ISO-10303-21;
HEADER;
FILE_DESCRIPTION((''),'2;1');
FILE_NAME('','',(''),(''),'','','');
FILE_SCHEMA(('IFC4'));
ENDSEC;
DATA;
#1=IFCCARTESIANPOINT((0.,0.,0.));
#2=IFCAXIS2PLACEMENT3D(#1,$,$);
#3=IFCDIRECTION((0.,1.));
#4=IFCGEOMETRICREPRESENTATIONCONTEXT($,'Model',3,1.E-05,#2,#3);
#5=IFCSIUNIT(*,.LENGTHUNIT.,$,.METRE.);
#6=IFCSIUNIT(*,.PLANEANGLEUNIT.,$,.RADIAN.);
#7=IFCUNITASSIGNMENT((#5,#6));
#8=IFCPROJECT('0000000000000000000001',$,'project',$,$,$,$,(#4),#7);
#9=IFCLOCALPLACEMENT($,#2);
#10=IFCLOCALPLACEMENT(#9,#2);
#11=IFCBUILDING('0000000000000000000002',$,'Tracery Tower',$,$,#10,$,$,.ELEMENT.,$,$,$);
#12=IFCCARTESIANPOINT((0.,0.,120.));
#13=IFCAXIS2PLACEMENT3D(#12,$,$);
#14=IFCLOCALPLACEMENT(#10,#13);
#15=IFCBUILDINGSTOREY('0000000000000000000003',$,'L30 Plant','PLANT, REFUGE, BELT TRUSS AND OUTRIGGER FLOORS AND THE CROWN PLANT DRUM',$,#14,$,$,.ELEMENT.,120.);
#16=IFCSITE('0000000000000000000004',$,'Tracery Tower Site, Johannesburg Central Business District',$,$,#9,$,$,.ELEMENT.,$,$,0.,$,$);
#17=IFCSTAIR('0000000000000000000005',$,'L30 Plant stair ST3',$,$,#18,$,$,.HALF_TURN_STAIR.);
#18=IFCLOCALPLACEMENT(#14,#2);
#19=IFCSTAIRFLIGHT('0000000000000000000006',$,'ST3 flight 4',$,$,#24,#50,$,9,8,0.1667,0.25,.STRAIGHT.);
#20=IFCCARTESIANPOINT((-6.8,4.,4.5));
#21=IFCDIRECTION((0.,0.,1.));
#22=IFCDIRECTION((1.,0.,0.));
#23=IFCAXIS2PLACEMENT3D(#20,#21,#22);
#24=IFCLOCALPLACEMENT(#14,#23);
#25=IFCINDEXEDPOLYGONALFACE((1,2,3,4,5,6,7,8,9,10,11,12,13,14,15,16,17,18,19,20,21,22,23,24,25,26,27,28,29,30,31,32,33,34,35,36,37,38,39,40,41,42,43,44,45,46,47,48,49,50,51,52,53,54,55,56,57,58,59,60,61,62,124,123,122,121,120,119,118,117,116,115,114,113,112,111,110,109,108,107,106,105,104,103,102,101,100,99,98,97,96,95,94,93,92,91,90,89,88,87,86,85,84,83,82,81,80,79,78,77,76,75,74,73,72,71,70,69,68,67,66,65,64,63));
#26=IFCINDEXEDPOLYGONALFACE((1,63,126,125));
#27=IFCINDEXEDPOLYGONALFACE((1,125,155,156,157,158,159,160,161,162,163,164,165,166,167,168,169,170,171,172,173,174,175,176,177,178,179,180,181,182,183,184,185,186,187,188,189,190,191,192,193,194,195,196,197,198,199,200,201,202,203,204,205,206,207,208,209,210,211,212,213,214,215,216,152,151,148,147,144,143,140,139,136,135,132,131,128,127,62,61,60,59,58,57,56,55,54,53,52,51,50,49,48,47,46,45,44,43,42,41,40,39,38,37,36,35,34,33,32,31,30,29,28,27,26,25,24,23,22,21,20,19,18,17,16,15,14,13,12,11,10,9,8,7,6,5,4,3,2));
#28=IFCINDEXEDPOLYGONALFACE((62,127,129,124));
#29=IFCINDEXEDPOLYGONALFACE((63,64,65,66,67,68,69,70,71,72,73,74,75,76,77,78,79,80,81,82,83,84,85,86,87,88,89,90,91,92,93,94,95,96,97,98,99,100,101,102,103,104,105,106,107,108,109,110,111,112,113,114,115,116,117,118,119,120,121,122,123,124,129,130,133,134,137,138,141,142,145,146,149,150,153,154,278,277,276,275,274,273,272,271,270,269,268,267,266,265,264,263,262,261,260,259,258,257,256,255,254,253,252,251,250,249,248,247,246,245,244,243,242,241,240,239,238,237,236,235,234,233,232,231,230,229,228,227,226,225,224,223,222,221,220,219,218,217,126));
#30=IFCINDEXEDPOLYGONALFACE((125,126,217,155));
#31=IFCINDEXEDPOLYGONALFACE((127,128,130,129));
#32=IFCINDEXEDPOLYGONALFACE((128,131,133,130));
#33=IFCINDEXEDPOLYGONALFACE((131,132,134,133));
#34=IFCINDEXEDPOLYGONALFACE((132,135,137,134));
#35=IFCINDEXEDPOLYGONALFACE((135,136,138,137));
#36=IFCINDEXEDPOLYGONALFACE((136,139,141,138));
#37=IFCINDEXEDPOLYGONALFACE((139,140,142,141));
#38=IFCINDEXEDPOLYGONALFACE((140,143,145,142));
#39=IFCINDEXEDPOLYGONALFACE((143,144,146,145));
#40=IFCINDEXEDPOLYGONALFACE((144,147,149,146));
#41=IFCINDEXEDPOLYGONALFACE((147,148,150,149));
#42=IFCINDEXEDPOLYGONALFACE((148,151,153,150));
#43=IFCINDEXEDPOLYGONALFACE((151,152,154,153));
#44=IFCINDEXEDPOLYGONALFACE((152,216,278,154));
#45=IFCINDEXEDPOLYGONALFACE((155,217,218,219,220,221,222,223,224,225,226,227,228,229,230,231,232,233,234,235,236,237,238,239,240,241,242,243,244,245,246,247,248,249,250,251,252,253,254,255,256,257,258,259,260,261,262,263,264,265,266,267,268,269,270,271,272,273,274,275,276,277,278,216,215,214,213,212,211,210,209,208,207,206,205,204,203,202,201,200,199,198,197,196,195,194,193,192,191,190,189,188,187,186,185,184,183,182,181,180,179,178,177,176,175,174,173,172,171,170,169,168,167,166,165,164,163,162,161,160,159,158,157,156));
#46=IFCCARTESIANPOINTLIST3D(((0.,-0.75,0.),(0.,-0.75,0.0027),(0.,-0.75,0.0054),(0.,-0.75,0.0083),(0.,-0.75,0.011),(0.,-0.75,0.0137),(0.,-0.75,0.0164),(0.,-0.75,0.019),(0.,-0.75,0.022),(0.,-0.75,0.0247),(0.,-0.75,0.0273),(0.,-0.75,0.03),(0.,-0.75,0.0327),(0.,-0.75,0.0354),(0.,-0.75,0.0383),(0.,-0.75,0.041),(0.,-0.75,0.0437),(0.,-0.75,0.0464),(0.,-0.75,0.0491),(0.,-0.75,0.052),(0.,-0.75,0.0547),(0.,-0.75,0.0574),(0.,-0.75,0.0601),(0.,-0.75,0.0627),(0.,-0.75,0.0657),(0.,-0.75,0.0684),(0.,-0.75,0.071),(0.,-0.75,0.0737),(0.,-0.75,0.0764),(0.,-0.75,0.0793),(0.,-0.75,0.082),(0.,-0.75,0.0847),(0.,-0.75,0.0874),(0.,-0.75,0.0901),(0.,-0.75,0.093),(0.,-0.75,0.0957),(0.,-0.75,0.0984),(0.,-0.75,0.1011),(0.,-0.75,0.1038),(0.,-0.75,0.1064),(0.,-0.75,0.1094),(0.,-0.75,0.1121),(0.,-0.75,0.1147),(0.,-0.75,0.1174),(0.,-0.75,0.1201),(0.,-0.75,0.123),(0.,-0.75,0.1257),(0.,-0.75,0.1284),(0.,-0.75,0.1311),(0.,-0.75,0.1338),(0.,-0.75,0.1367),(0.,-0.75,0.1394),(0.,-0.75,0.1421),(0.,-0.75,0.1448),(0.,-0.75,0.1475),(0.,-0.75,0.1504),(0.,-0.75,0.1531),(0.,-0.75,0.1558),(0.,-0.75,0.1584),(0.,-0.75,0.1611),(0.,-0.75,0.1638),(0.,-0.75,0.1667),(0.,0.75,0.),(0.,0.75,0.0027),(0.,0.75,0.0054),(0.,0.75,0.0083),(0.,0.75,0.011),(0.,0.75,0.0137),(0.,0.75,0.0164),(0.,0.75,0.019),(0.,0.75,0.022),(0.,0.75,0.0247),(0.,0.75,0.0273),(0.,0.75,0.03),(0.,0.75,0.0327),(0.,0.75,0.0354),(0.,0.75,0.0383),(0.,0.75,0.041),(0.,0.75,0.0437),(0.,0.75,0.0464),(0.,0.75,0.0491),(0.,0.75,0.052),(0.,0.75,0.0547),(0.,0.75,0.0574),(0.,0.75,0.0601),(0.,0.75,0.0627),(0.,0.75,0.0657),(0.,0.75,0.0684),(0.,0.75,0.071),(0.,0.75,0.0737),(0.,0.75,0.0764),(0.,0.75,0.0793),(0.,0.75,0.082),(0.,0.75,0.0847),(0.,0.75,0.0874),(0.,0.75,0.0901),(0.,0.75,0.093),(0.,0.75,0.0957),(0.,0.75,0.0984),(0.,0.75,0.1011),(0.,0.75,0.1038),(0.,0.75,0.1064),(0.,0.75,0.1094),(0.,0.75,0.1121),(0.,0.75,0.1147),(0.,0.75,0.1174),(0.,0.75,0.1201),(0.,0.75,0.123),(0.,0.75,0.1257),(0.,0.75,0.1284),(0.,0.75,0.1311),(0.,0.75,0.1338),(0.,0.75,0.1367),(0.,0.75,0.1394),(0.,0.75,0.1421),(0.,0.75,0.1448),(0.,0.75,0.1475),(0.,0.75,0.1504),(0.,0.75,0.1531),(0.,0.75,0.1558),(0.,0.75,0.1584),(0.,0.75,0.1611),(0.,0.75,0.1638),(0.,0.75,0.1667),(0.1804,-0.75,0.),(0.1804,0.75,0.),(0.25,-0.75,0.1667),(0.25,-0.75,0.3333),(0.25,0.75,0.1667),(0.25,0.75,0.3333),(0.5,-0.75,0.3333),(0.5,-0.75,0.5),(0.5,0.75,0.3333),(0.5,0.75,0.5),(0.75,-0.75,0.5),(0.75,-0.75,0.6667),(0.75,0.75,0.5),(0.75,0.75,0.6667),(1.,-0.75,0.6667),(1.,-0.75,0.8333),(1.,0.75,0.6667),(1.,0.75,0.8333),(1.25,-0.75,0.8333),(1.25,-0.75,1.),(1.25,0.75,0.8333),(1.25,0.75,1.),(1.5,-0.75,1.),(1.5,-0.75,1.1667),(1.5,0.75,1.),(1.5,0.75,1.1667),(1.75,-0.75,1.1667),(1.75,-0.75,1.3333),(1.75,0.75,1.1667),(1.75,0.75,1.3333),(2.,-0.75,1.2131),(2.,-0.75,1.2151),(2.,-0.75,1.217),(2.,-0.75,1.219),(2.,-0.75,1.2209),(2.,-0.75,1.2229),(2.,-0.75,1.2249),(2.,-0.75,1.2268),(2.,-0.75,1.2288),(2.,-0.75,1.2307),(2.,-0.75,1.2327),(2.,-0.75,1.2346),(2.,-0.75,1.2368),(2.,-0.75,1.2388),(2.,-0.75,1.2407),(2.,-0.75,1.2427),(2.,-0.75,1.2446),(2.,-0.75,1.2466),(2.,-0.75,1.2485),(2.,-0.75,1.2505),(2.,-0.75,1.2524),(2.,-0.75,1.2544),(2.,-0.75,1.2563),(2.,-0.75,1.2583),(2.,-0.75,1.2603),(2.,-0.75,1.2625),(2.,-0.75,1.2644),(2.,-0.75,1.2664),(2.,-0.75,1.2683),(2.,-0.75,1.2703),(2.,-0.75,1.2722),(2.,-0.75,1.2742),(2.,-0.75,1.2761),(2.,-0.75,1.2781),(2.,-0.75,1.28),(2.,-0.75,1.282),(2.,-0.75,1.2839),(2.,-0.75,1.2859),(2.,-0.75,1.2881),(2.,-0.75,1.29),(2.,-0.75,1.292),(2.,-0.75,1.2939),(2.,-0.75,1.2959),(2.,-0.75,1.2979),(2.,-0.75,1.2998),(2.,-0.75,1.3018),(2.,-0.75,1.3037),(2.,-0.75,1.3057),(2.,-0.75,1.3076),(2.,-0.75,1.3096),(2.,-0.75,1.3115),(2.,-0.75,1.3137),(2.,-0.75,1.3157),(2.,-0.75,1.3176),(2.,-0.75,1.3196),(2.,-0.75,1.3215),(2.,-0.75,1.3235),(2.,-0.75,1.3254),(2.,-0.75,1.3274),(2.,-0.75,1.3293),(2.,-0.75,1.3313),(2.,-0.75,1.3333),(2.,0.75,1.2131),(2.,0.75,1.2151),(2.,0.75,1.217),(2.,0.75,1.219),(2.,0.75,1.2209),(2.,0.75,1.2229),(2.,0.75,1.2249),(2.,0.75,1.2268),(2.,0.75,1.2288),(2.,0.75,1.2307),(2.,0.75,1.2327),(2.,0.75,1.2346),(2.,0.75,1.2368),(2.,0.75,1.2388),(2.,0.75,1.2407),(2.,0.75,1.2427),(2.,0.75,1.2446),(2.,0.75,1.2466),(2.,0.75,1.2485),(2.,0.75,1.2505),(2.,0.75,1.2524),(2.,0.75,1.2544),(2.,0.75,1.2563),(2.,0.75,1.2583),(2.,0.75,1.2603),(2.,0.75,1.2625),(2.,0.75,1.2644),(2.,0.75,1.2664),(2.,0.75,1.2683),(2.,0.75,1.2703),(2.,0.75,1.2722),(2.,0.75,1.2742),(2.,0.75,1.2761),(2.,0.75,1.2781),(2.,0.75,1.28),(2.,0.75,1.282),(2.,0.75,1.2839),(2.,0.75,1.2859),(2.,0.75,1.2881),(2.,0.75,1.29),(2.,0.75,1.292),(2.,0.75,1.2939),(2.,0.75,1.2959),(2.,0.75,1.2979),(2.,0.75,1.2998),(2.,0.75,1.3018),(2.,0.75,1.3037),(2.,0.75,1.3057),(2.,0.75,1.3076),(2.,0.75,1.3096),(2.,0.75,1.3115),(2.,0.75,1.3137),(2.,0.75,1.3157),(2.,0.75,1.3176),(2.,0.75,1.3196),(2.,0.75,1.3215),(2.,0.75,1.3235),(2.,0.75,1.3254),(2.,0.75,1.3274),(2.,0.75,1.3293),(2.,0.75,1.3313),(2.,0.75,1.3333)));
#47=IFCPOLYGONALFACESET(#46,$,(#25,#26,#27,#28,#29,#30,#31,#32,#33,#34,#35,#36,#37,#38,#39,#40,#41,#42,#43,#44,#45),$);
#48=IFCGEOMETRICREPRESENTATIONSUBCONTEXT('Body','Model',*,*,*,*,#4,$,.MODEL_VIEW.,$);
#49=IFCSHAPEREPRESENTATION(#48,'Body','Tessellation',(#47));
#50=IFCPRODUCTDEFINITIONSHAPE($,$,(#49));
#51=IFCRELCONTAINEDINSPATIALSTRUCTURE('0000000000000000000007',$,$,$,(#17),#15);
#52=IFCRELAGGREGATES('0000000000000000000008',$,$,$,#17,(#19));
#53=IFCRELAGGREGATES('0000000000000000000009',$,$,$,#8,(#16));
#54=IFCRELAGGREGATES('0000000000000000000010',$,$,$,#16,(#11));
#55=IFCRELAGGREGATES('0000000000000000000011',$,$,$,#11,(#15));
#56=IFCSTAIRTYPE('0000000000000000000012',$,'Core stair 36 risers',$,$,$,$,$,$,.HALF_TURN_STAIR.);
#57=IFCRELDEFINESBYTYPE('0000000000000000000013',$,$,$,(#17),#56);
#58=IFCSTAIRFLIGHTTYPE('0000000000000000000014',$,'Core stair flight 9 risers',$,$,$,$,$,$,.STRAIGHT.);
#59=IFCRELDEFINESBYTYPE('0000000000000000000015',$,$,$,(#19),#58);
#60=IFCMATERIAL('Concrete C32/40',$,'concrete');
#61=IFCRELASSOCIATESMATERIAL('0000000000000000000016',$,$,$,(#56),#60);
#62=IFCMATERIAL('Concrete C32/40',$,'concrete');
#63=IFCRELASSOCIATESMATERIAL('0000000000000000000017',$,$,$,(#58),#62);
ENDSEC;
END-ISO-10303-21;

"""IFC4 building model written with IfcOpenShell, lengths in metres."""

from ifc_helpers import new_model, si_unit, direction, frame, origin, place, context, subcontext, project, spatial, polyline, outline, extrude, material, type_object, element, aggregate, save


model = new_model("IFC4")

# Units and contexts
model_context = context("Model", 3, precision=1e-05, world=origin(), true_north=direction((0.0, 1.0)))
body_context = subcontext(model_context, "Body", "Model", "MODEL_VIEW")
ifc_project = project(units=[si_unit("LENGTHUNIT", "METRE"), si_unit("PLANEANGLEUNIT", "RADIAN")], contexts=[model_context])

# Site, building, storey
site_placement = place(None, origin())
site = spatial("IfcSite", under=ifc_project, at=site_placement, Name="Tracery Tower Site, Johannesburg Central Business District", CompositionType="ELEMENT", RefElevation=0.0)
building_placement = place(site_placement, origin())
building = spatial("IfcBuilding", under=site, at=building_placement, Name="Tracery Tower", CompositionType="ELEMENT")
storey_placement = place(building_placement, frame((0.0, 0.0, 120.0)))
storey = spatial("IfcBuildingStorey", under=building, at=storey_placement, Name="L30 Plant", Description="PLANT, REFUGE, BELT TRUSS AND OUTRIGGER FLOORS AND THE CROWN PLANT DRUM", CompositionType="ELEMENT", Elevation=120.0)

# Stair, stair flight
ifc_material_1 = material(Name="Concrete C32/40", Category="concrete")
stair_type = type_object("IfcStairType", Name="Core stair 36 risers", PredefinedType="HALF_TURN_STAIR", material=ifc_material_1)
stair_placement = place(storey_placement, origin())
stair = element("IfcStair", 1, at=stair_placement, inside=storey, type_object=stair_type, Name="L30 Plant stair ST3", PredefinedType="HALF_TURN_STAIR")
ifc_material_2 = material(Name="Concrete C32/40", Category="concrete")
stair_flight_type = type_object("IfcStairFlightType", Name="Core stair flight 9 risers", PredefinedType="STRAIGHT", material=ifc_material_2)
stair_flight_1_placement = place(storey_placement, frame((-6.8, 4.0, 4.5), z_axis=(0.0, 0.0, 1.0), x_axis=(1.0, 0.0, 0.0)))
stair_flight_1 = element("IfcStairFlight", 2, at=stair_flight_1_placement, type_object=stair_flight_type, Name="ST3 flight 4", NumberOfRisers=9, NumberOfTreads=8, PredefinedType="STRAIGHT", RiserHeight=0.1667, TreadLength=0.25, context=body_context, shape_type="SweptSolid", body=[
    extrude(outline(polyline([(0.0, 0.0), (0.0, 0.0027), (0.0, 0.0054), (0.0, 0.0083), (0.0, 0.011), (0.0, 0.0137), (0.0, 0.0164), (0.0, 0.019), (0.0, 0.022), (0.0, 0.0247), (0.0, 0.0273), (0.0, 0.03), (0.0, 0.0327), (0.0, 0.0354), (0.0, 0.0383), (0.0, 0.041), (0.0, 0.0437), (0.0, 0.0464), (0.0, 0.0491), (0.0, 0.052), (0.0, 0.0547), (0.0, 0.0574), (0.0, 0.0601), (0.0, 0.0627), (0.0, 0.0657), (0.0, 0.0684), (0.0, 0.071), (0.0, 0.0737), (0.0, 0.0764), (0.0, 0.0793), (0.0, 0.082), (0.0, 0.0847), (0.0, 0.0874), (0.0, 0.0901), (0.0, 0.093), (0.0, 0.0957), (0.0, 0.0984), (0.0, 0.1011), (0.0, 0.1038), (0.0, 0.1064), (0.0, 0.1094), (0.0, 0.1121), (0.0, 0.1147), (0.0, 0.1174), (0.0, 0.1201), (0.0, 0.123), (0.0, 0.1257), (0.0, 0.1284), (0.0, 0.1311), (0.0, 0.1338), (0.0, 0.1367), (0.0, 0.1394), (0.0, 0.1421), (0.0, 0.1448), (0.0, 0.1475), (0.0, 0.1504), (0.0, 0.1531), (0.0, 0.1558), (0.0, 0.1584), (0.0, 0.1611), (0.0, 0.1638), (0.0, 0.1667), (0.25, 0.1667), (0.25, 0.3333), (0.5, 0.3333), (0.5, 0.5), (0.75, 0.5), (0.75, 0.6667), (1.0, 0.6667), (1.0, 0.8333), (1.25, 0.8333), (1.25, 1.0), (1.5, 1.0), (1.5, 1.1667), (1.75, 1.1667), (1.75, 1.3333), (2.0, 1.3333), (2.0, 1.3313), (2.0, 1.3293), (2.0, 1.3274), (2.0, 1.3254), (2.0, 1.3235), (2.0, 1.3215), (2.0, 1.3196), (2.0, 1.3176), (2.0, 1.3157), (2.0, 1.3137), (2.0, 1.3115), (2.0, 1.3096), (2.0, 1.3076), (2.0, 1.3057), (2.0, 1.3037), (2.0, 1.3018), (2.0, 1.2998), (2.0, 1.2979), (2.0, 1.2959), (2.0, 1.2939), (2.0, 1.292), (2.0, 1.29), (2.0, 1.2881), (2.0, 1.2859), (2.0, 1.2839), (2.0, 1.282), (2.0, 1.28), (2.0, 1.2781), (2.0, 1.2761), (2.0, 1.2742), (2.0, 1.2722), (2.0, 1.2703), (2.0, 1.2683), (2.0, 1.2664), (2.0, 1.2644), (2.0, 1.2625), (2.0, 1.2603), (2.0, 1.2583), (2.0, 1.2563), (2.0, 1.2544), (2.0, 1.2524), (2.0, 1.2505), (2.0, 1.2485), (2.0, 1.2466), (2.0, 1.2446), (2.0, 1.2427), (2.0, 1.2407), (2.0, 1.2388), (2.0, 1.2368), (2.0, 1.2346), (2.0, 1.2327), (2.0, 1.2307), (2.0, 1.2288), (2.0, 1.2268), (2.0, 1.2249), (2.0, 1.2229), (2.0, 1.2209), (2.0, 1.219), (2.0, 1.217), (2.0, 1.2151), (2.0, 1.2131), (0.1804, 0.0), (0.0, 0.0)])), frame((0.0, 0.75, 0.0), z_axis=(0.0, -1.0, 0.0), x_axis=(1.0, 0.0, 0.0)), (0.0, 0.0, 1.0), 1.5),
])
aggregate(stair, [stair_flight_1])

save(model, "model.ifc")
